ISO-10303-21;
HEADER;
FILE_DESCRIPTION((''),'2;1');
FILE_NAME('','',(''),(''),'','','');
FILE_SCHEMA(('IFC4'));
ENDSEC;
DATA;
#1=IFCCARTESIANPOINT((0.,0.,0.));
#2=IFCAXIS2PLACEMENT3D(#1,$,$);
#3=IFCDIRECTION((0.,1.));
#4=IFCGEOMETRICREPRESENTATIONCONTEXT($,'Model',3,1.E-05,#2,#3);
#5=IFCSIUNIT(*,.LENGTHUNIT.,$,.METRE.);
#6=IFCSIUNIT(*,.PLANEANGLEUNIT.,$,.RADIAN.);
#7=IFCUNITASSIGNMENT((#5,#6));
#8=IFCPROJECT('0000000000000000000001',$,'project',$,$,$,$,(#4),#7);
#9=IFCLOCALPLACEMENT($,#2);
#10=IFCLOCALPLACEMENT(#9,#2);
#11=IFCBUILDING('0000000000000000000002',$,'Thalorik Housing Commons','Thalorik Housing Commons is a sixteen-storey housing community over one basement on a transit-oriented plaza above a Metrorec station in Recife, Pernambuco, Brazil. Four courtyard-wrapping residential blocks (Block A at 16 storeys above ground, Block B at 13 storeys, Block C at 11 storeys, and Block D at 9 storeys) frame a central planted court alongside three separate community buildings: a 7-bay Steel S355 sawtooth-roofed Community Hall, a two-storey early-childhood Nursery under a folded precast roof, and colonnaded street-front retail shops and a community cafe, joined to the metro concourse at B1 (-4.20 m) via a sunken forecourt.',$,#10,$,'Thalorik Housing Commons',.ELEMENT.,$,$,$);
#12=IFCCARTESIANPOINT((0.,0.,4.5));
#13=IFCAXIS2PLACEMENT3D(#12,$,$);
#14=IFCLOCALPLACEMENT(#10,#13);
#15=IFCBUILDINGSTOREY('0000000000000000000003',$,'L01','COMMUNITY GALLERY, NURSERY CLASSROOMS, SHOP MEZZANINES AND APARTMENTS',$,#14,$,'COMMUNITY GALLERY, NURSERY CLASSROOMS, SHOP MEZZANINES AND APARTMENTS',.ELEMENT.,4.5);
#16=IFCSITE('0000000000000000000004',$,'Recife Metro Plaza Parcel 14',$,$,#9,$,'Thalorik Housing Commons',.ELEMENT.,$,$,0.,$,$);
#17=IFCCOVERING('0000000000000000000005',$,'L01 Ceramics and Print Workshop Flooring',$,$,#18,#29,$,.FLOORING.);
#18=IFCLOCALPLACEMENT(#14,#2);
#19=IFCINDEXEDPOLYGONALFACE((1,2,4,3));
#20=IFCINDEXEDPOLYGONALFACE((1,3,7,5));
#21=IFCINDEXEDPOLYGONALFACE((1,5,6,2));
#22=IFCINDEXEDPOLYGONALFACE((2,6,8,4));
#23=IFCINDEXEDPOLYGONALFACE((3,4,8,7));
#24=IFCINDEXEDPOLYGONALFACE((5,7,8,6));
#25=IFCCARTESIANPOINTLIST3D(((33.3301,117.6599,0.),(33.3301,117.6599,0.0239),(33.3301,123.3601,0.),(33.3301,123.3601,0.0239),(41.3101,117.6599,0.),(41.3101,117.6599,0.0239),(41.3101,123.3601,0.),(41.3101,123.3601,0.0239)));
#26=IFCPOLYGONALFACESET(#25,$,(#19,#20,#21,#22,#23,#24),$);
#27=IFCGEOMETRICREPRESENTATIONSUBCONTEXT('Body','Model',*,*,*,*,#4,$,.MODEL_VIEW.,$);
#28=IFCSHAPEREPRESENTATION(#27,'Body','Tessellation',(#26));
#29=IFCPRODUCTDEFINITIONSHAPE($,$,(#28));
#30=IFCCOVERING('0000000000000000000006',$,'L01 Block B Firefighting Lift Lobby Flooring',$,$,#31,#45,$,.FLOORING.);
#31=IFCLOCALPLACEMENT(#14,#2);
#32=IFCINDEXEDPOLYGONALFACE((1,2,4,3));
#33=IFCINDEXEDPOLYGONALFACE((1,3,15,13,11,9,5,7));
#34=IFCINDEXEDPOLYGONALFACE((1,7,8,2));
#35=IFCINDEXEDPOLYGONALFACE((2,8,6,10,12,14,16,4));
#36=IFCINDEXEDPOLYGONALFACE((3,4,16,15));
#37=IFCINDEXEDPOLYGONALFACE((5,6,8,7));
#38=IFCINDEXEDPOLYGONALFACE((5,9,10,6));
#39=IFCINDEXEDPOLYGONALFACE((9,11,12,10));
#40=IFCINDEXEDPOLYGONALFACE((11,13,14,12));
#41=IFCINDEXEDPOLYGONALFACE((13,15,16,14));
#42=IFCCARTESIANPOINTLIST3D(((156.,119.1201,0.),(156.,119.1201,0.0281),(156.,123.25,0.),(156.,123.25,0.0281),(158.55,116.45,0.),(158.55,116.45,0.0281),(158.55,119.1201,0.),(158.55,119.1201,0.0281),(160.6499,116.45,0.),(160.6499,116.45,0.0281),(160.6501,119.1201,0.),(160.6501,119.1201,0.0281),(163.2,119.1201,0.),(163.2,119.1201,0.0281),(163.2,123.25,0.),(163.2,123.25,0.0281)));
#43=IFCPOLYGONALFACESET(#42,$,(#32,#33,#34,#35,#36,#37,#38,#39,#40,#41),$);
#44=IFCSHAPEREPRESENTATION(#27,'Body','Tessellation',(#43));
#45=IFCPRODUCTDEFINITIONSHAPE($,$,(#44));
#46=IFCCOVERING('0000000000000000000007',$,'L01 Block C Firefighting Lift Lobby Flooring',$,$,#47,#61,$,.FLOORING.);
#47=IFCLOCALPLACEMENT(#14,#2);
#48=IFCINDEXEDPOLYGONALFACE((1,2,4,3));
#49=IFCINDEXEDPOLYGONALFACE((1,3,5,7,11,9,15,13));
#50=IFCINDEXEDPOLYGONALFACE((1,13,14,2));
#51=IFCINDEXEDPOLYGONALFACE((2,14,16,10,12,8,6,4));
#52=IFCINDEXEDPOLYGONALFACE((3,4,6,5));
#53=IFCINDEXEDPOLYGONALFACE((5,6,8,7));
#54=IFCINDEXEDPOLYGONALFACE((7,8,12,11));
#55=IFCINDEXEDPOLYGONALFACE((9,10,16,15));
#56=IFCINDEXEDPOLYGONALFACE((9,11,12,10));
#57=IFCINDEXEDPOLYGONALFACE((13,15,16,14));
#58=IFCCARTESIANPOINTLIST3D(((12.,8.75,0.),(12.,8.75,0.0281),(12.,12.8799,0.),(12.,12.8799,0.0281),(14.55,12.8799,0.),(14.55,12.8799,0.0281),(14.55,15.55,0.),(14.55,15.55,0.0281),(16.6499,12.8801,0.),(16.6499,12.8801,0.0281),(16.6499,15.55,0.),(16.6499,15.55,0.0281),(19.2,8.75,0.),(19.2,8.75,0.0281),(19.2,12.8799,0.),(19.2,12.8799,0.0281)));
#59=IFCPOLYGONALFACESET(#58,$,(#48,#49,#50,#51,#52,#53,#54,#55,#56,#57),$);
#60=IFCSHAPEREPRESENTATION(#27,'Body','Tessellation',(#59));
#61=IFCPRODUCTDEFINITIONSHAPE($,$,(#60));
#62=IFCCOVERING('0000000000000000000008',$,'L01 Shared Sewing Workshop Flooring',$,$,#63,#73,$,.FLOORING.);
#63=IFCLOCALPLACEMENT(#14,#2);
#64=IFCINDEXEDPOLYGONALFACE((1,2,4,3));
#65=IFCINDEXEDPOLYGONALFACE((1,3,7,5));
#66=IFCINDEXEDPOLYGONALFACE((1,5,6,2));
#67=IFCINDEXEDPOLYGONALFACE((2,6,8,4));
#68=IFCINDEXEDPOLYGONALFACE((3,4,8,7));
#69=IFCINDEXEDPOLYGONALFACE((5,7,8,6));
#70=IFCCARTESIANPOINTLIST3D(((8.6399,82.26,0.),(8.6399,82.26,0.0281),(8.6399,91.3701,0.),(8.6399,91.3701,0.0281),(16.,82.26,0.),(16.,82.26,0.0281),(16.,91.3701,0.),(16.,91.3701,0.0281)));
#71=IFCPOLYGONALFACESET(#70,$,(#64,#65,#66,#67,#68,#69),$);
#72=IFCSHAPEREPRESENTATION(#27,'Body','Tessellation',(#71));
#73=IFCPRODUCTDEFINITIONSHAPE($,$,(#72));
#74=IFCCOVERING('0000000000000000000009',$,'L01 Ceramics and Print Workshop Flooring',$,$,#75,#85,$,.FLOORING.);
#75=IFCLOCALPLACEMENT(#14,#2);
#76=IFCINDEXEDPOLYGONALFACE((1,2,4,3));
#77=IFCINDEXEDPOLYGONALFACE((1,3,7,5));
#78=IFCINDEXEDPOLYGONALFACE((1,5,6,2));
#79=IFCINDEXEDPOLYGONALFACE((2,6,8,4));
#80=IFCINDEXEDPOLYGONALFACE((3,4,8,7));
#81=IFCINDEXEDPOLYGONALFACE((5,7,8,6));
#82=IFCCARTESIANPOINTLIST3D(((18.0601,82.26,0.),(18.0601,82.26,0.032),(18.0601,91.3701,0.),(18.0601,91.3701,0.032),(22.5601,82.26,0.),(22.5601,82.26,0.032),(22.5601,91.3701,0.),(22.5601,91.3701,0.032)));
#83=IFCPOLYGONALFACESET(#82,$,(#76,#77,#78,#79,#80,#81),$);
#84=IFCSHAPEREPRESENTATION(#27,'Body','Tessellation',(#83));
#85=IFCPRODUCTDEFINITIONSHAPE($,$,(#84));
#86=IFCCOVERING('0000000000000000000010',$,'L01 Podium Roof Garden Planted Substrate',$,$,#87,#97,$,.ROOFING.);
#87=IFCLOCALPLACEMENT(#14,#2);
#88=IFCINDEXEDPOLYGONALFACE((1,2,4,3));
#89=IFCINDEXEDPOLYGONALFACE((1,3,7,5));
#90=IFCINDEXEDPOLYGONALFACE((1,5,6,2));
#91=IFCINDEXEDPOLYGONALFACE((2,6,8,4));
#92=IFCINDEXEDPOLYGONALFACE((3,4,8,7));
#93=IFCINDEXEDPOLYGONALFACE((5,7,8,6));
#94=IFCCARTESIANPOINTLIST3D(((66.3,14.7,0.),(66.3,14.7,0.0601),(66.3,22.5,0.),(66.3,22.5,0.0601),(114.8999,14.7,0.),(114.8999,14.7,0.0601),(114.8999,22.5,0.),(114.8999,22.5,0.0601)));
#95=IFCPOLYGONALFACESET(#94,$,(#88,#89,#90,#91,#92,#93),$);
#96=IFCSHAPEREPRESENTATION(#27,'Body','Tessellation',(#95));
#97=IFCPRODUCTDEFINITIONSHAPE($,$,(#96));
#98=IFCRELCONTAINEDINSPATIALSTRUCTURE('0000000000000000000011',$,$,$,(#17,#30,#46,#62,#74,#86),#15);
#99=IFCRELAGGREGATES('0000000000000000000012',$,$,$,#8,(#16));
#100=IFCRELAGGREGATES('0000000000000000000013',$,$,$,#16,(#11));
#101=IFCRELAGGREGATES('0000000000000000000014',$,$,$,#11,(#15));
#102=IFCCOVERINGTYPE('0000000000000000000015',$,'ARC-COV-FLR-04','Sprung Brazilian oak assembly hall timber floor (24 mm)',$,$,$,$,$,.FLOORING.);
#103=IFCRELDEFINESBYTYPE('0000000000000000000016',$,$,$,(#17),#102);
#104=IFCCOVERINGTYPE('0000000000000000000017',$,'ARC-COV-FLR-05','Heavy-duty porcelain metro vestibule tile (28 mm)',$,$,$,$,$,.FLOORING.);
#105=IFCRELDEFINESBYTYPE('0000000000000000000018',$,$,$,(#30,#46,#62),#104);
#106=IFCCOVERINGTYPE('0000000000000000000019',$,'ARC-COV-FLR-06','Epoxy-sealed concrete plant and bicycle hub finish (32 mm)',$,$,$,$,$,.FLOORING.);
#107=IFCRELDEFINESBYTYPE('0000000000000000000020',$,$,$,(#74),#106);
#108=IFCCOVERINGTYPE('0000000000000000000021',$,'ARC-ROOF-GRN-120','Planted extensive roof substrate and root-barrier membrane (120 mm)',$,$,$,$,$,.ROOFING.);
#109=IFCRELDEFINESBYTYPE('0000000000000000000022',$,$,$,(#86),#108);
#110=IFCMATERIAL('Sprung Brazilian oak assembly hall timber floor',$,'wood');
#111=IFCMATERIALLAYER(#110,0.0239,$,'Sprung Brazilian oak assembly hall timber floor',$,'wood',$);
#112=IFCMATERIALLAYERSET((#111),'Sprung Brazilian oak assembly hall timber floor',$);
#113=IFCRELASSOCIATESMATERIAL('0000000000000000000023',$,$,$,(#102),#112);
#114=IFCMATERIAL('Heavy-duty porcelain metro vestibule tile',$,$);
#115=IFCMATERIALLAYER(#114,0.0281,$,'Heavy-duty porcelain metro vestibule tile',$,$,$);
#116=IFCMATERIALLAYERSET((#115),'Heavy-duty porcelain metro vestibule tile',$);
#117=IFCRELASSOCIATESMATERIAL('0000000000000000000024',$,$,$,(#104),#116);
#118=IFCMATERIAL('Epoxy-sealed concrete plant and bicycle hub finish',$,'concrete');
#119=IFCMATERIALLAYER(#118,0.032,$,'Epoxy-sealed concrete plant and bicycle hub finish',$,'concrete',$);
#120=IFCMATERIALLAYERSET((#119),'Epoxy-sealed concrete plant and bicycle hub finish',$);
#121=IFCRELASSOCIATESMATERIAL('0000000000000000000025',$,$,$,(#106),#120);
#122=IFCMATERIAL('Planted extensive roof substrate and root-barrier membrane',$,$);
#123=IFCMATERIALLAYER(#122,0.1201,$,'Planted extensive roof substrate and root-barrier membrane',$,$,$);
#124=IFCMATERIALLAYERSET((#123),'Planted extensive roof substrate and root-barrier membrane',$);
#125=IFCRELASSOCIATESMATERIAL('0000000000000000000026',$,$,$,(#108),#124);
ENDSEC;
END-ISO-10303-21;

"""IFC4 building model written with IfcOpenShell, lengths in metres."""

from ifc_helpers import new_model, si_unit, direction, frame, origin, place, context, subcontext, project, spatial, polyline, outline, extrude, material, layer, layer_set, type_object, element, save


model = new_model("IFC4")

# Units and contexts
model_context = context("Model", 3, precision=1e-05, world=origin(), true_north=direction((0.0, 1.0)))
body_context = subcontext(model_context, "Body", "Model", "MODEL_VIEW")
ifc_project = project(units=[si_unit("LENGTHUNIT", "METRE"), si_unit("PLANEANGLEUNIT", "RADIAN")], contexts=[model_context])

# Site, building, storey
site_placement = place(None, origin())
site = spatial("IfcSite", under=ifc_project, at=site_placement, Name="Recife Metro Plaza Parcel 14", LongName="Thalorik Housing Commons", CompositionType="ELEMENT", RefElevation=0.0)
building_placement = place(site_placement, origin())
building = spatial("IfcBuilding", under=site, at=building_placement, Name="Thalorik Housing Commons", Description="Thalorik Housing Commons is a sixteen-storey housing community over one basement on a transit-oriented plaza above a Metrorec station in Recife, Pernambuco, Brazil. Four courtyard-wrapping residential blocks (Block A at 16 storeys above ground, Block B at 13 storeys, Block C at 11 storeys, and Block D at 9 storeys) frame a central planted court alongside three separate community buildings: a 7-bay Steel S355 sawtooth-roofed Community Hall, a two-storey early-childhood Nursery under a folded precast roof, and colonnaded street-front retail shops and a community cafe, joined to the metro concourse at B1 (-4.20 m) via a sunken forecourt.", LongName="Thalorik Housing Commons", CompositionType="ELEMENT")
storey_placement = place(building_placement, frame((0.0, 0.0, 4.5)))
storey = spatial("IfcBuildingStorey", under=building, at=storey_placement, Name="L01", Description="COMMUNITY GALLERY, NURSERY CLASSROOMS, SHOP MEZZANINES AND APARTMENTS", LongName="COMMUNITY GALLERY, NURSERY CLASSROOMS, SHOP MEZZANINES AND APARTMENTS", CompositionType="ELEMENT", Elevation=4.5)

# Coverings
ifc_material_1 = material(Name="Sprung Brazilian oak assembly hall timber floor", Category="wood")
ifc_layer_1 = layer(ifc_material_1, 0.0239, Name="Sprung Brazilian oak assembly hall timber floor", Category="wood")
ifc_layer_set_1 = layer_set([ifc_layer_1], Name="Sprung Brazilian oak assembly hall timber floor")
covering_type_1 = type_object("IfcCoveringType", Name="ARC-COV-FLR-04", Description="Sprung Brazilian oak assembly hall timber floor (24 mm)", PredefinedType="FLOORING", material=ifc_layer_set_1)
covering_1_placement = place(storey_placement, origin())
element("IfcCovering", 1, at=covering_1_placement, inside=storey, type_object=covering_type_1, Name="L01 Ceramics and Print Workshop Flooring", PredefinedType="FLOORING", context=body_context, shape_type="SweptSolid", body=[
    extrude(outline(polyline([(41.3101, 117.6599), (41.3101, 123.3601), (33.3301, 123.3601), (33.3301, 117.6599), (41.3101, 117.6599)])), origin(), (0.0, 0.0, 1.0), 0.0239),
])
ifc_material_2 = material(Name="Heavy-duty porcelain metro vestibule tile")
ifc_layer_2 = layer(ifc_material_2, 0.0281, Name="Heavy-duty porcelain metro vestibule tile")
ifc_layer_set_2 = layer_set([ifc_layer_2], Name="Heavy-duty porcelain metro vestibule tile")
covering_type_2 = type_object("IfcCoveringType", Name="ARC-COV-FLR-05", Description="Heavy-duty porcelain metro vestibule tile (28 mm)", PredefinedType="FLOORING", material=ifc_layer_set_2)
covering_2_placement = place(storey_placement, origin())
element("IfcCovering", 2, at=covering_2_placement, inside=storey, type_object=covering_type_2, Name="L01 Block B Firefighting Lift Lobby Flooring", PredefinedType="FLOORING", context=body_context, shape_type="SweptSolid", body=[
    extrude(outline(polyline([(158.55, 116.45), (160.6499, 116.45), (160.6501, 119.1201), (163.2, 119.1201), (163.2, 123.25), (156.0, 123.25), (156.0, 119.1201), (158.55, 119.1201), (158.55, 116.45)])), origin(), (0.0, 0.0, 1.0), 0.0281),
])
covering_3_placement = place(storey_placement, origin())
element("IfcCovering", 3, at=covering_3_placement, inside=storey, type_object=covering_type_2, Name="L01 Block C Firefighting Lift Lobby Flooring", PredefinedType="FLOORING", context=body_context, shape_type="SweptSolid", body=[
    extrude(outline(polyline([(12.0, 12.8799), (12.0, 8.75), (19.2, 8.75), (19.2, 12.8799), (16.6499, 12.8801), (16.6499, 15.55), (14.55, 15.55), (14.55, 12.8799), (12.0, 12.8799)])), origin(), (0.0, 0.0, 1.0), 0.0281),
])
covering_4_placement = place(storey_placement, origin())
element("IfcCovering", 4, at=covering_4_placement, inside=storey, type_object=covering_type_2, Name="L01 Shared Sewing Workshop Flooring", PredefinedType="FLOORING", context=body_context, shape_type="SweptSolid", body=[
    extrude(outline(polyline([(16.0, 91.3701), (8.6399, 91.3701), (8.6399, 82.26), (16.0, 82.26), (16.0, 91.3701)])), origin(), (0.0, 0.0, 1.0), 0.0281),
])
ifc_material_3 = material(Name="Epoxy-sealed concrete plant and bicycle hub finish", Category="concrete")
ifc_layer_3 = layer(ifc_material_3, 0.032, Name="Epoxy-sealed concrete plant and bicycle hub finish", Category="concrete")
ifc_layer_set_3 = layer_set([ifc_layer_3], Name="Epoxy-sealed concrete plant and bicycle hub finish")
covering_type_3 = type_object("IfcCoveringType", Name="ARC-COV-FLR-06", Description="Epoxy-sealed concrete plant and bicycle hub finish (32 mm)", PredefinedType="FLOORING", material=ifc_layer_set_3)
covering_5_placement = place(storey_placement, origin())
element("IfcCovering", 5, at=covering_5_placement, inside=storey, type_object=covering_type_3, Name="L01 Ceramics and Print Workshop Flooring", PredefinedType="FLOORING", context=body_context, shape_type="SweptSolid", body=[
    extrude(outline(polyline([(22.5601, 91.3701), (18.0601, 91.3701), (18.0601, 82.26), (22.5601, 82.26), (22.5601, 91.3701)])), origin(), (0.0, 0.0, 1.0), 0.032),
])
ifc_material_4 = material(Name="Planted extensive roof substrate and root-barrier membrane")
ifc_layer_4 = layer(ifc_material_4, 0.1201, Name="Planted extensive roof substrate and root-barrier membrane")
ifc_layer_set_4 = layer_set([ifc_layer_4], Name="Planted extensive roof substrate and root-barrier membrane")
covering_type_4 = type_object("IfcCoveringType", Name="ARC-ROOF-GRN-120", Description="Planted extensive roof substrate and root-barrier membrane (120 mm)", PredefinedType="ROOFING", material=ifc_layer_set_4)
covering_6_placement = place(storey_placement, origin())
element("IfcCovering", 6, at=covering_6_placement, inside=storey, type_object=covering_type_4, Name="L01 Podium Roof Garden Planted Substrate", PredefinedType="ROOFING", context=body_context, shape_type="SweptSolid", body=[
    extrude(outline(polyline([(66.3, 14.7), (114.8999, 14.7), (114.8999, 22.5), (66.3, 22.5), (66.3, 14.7)])), origin(), (0.0, 0.0, 1.0), 0.0601),
])

save(model, "model.ifc")
